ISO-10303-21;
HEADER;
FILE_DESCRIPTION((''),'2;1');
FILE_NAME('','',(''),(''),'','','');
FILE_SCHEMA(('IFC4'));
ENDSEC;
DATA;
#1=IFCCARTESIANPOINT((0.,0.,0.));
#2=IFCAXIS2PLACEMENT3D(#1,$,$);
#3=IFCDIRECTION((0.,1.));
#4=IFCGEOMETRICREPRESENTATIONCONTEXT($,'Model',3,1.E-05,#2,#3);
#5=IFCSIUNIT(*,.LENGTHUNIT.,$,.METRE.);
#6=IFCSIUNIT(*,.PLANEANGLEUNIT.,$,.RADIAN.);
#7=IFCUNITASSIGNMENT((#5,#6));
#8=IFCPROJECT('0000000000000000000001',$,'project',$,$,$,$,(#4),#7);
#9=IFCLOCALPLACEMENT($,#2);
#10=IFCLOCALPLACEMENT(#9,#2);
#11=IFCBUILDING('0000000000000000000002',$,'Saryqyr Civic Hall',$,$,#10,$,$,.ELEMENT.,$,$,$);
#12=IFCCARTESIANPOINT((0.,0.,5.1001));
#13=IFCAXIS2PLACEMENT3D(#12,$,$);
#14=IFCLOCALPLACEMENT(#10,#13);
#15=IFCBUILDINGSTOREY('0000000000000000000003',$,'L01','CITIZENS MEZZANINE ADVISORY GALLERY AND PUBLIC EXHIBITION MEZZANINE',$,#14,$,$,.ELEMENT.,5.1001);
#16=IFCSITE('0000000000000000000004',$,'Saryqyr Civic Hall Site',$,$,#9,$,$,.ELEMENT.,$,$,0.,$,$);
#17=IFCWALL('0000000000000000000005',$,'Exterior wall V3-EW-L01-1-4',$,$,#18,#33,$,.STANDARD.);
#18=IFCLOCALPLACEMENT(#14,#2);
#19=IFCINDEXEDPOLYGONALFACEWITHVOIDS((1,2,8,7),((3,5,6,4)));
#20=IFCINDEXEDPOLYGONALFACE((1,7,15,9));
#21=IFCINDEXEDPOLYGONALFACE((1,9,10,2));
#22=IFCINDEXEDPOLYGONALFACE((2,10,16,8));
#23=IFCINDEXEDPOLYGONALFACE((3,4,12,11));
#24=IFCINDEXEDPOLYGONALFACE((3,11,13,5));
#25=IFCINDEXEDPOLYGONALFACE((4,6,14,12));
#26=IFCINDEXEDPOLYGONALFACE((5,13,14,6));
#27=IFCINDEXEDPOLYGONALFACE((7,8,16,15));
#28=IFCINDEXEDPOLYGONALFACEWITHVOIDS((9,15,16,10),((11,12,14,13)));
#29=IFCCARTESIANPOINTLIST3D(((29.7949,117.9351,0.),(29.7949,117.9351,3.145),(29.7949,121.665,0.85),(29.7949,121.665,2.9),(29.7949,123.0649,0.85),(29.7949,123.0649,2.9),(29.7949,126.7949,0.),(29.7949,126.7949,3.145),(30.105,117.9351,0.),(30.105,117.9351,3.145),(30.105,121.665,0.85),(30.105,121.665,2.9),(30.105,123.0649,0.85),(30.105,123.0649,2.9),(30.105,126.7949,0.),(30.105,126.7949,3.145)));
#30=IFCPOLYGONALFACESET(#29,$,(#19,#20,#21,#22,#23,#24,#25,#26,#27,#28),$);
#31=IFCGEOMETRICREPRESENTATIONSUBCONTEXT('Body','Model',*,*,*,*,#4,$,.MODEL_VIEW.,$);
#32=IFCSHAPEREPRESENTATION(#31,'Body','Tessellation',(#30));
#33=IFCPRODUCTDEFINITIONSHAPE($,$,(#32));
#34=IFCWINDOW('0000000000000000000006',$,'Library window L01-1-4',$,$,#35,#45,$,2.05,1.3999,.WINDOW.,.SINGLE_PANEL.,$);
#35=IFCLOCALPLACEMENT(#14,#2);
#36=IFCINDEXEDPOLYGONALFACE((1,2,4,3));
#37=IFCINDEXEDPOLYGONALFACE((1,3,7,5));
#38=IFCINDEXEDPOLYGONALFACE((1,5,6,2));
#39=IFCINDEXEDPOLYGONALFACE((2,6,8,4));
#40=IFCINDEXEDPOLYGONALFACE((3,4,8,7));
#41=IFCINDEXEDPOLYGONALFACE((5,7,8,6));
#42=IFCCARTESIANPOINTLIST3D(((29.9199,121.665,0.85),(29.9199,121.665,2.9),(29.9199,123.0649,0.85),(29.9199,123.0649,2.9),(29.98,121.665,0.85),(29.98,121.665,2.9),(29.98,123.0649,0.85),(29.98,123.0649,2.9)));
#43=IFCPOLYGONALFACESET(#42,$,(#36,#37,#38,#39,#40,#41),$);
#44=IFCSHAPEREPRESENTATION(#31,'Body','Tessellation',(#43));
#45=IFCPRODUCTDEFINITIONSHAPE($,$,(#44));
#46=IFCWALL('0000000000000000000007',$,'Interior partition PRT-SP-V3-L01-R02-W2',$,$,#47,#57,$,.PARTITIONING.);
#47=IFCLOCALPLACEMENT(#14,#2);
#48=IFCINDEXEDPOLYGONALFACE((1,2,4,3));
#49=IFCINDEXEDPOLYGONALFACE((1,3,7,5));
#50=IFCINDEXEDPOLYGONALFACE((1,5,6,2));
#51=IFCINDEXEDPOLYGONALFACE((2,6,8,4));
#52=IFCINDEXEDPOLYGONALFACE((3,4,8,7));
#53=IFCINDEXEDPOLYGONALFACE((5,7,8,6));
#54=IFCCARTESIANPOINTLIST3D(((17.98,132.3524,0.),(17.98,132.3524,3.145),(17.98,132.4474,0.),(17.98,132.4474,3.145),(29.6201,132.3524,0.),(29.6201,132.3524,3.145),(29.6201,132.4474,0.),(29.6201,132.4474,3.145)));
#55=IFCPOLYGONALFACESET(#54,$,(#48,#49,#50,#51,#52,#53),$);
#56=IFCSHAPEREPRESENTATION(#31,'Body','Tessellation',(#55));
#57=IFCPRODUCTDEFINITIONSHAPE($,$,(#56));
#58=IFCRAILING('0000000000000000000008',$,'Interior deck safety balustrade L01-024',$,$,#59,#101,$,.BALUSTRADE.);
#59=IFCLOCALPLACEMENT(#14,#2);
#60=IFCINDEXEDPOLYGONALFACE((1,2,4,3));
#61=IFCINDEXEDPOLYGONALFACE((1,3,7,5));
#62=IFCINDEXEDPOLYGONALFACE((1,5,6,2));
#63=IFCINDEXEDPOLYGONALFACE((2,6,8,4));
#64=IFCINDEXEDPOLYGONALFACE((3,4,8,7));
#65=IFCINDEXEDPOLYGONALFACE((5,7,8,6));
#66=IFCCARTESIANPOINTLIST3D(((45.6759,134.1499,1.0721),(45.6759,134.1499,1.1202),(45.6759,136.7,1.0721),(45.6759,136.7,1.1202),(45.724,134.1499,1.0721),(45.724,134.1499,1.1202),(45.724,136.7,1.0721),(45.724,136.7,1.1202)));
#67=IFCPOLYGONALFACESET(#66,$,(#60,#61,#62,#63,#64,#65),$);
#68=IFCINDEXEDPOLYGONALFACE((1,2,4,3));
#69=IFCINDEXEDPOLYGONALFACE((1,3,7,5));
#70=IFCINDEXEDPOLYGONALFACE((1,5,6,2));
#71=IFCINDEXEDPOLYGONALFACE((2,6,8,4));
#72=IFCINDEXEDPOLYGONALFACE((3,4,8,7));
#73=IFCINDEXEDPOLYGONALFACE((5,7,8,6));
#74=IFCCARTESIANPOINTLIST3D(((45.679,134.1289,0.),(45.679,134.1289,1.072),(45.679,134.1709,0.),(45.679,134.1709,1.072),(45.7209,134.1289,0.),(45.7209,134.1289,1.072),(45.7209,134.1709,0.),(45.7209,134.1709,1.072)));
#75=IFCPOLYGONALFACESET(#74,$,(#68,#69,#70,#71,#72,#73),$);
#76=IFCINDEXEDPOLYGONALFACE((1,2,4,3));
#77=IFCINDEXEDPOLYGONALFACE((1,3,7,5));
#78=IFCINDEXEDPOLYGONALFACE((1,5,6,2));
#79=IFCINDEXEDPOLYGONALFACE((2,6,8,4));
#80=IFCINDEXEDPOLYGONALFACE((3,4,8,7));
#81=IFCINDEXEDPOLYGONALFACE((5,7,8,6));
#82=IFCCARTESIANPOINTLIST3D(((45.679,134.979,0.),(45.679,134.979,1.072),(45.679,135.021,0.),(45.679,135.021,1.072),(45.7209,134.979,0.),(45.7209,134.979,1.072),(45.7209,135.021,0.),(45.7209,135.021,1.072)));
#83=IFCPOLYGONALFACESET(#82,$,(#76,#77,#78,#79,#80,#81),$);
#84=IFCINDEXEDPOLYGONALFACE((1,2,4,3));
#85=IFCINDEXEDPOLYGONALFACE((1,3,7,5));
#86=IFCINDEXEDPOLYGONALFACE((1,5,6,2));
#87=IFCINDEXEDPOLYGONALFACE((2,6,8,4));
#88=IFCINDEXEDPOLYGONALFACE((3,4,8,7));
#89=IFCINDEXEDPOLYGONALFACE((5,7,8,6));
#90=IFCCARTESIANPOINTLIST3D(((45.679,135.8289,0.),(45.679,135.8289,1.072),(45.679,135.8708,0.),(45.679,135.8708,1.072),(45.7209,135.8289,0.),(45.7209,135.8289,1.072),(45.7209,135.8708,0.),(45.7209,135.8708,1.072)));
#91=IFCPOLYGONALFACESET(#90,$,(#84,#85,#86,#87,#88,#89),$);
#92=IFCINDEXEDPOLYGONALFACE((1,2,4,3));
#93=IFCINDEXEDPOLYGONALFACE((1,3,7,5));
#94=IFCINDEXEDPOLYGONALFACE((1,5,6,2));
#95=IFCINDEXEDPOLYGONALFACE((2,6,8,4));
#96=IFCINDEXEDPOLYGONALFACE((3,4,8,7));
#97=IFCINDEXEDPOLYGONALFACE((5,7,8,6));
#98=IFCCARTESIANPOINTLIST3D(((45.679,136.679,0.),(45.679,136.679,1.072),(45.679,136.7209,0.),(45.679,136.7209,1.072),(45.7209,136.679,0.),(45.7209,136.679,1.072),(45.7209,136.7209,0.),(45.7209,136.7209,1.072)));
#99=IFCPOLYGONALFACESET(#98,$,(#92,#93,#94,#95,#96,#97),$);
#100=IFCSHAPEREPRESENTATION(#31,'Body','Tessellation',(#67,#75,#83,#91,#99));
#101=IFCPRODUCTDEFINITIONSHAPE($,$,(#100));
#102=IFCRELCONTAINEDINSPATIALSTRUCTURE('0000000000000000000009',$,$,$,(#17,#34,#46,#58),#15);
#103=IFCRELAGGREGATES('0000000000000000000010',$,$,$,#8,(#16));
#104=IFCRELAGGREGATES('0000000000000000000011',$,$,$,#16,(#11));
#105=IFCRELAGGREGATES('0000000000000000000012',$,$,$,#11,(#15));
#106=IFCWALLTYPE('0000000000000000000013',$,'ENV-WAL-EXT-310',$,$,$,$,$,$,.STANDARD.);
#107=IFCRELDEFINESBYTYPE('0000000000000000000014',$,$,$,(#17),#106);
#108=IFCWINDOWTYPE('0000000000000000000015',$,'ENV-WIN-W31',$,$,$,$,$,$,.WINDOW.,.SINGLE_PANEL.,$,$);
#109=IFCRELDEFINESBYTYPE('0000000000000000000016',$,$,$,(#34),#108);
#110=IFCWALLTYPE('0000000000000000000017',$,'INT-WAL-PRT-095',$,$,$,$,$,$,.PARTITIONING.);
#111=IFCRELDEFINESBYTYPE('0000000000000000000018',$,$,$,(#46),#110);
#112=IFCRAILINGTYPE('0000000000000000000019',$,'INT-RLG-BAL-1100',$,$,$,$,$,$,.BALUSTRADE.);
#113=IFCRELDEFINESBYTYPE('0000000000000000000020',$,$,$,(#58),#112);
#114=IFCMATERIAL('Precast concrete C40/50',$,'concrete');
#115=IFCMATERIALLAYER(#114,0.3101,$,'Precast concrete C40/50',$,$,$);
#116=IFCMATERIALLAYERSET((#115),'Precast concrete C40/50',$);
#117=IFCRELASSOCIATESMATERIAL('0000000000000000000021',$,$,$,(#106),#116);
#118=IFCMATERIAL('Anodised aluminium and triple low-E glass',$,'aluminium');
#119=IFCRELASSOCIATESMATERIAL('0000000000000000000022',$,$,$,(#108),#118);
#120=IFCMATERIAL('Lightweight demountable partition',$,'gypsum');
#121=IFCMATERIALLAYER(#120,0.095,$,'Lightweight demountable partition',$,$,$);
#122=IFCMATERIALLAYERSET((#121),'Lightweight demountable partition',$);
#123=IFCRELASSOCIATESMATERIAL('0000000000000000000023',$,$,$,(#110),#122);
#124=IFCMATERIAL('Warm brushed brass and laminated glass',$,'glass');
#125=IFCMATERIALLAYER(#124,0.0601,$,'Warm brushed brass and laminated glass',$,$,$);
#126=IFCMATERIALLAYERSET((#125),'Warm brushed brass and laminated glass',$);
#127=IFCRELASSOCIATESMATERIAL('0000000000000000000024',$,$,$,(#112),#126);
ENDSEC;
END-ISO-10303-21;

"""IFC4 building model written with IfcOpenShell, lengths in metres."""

from ifc_helpers import new_model, si_unit, direction, frame, frame_2d, origin, origin_2d, place, context, subcontext, project, spatial, rectangle, extrude, material, layer, layer_set, type_object, element, fill, save


model = new_model("IFC4")

# Units and contexts
model_context = context("Model", 3, precision=1e-05, world=origin(), true_north=direction((0.0, 1.0)))
body_context = subcontext(model_context, "Body", "Model", "MODEL_VIEW")
ifc_project = project(units=[si_unit("LENGTHUNIT", "METRE"), si_unit("PLANEANGLEUNIT", "RADIAN")], contexts=[model_context])

# Site, building, storey
site_placement = place(None, origin())
site = spatial("IfcSite", under=ifc_project, at=site_placement, Name="Saryqyr Civic Hall Site", CompositionType="ELEMENT", RefElevation=0.0)
building_placement = place(site_placement, origin())
building = spatial("IfcBuilding", under=site, at=building_placement, Name="Saryqyr Civic Hall", CompositionType="ELEMENT")
storey_placement = place(building_placement, frame((0.0, 0.0, 5.1001)))
storey = spatial("IfcBuildingStorey", under=building, at=storey_placement, Name="L01", Description="CITIZENS MEZZANINE ADVISORY GALLERY AND PUBLIC EXHIBITION MEZZANINE", CompositionType="ELEMENT", Elevation=5.1001)

# Shared definitions
ifc_material_1 = material(Name="Anodised aluminium and triple low-E glass", Category="aluminium")

# Wall, opening, window
ifc_material_2 = material(Name="Precast concrete C40/50", Category="concrete")
ifc_layer_1 = layer(ifc_material_2, 0.3101, Name="Precast concrete C40/50")
ifc_layer_set_1 = layer_set([ifc_layer_1], Name="Precast concrete C40/50")
wall_type_1 = type_object("IfcWallType", Name="ENV-WAL-EXT-310", PredefinedType="STANDARD", material=ifc_layer_set_1)
wall_1_placement = place(storey_placement, frame((29.95, 126.7949, 0.0), z_axis=(0.0, 0.0, 1.0), x_axis=(0.0, -1.0, 0.0)))
wall_1 = element("IfcWall", 1, at=wall_1_placement, inside=storey, type_object=wall_type_1, Name="Exterior wall V3-EW-L01-1-4", PredefinedType="STANDARD", context=body_context, shape_type="SweptSolid", body=[
    extrude(rectangle(XDim=8.8599, YDim=0.3101, at=frame_2d((4.4299, 0.0))), origin(), (0.0, 0.0, 1.0), 3.145),
])
opening_placement = place(wall_1_placement, frame((3.73, 0.0, 0.8501)))
opening = element("IfcOpeningElement", 2, at=opening_placement, cuts=wall_1, PredefinedType="OPENING", context=body_context, shape_type="SweptSolid", body=[
    extrude(rectangle(XDim=1.3999, YDim=2.05, at=frame_2d((0.7, 1.0249))), frame((0.0, 0.165, 0.0), z_axis=(0.0, -1.0, 0.0), x_axis=(1.0, 0.0, 0.0)), (0.0, 0.0, 1.0), 0.3301),
])
window_type = type_object("IfcWindowType", Name="ENV-WIN-W31", PartitioningType="SINGLE_PANEL", PredefinedType="WINDOW", material=ifc_material_1)
window_placement = place(opening_placement, origin())
window = element("IfcWindow", 3, at=window_placement, inside=storey, type_object=window_type, Name="Library window L01-1-4", OverallHeight=2.05, OverallWidth=1.3999, PartitioningType="SINGLE_PANEL", PredefinedType="WINDOW", context=body_context, shape_type="SweptSolid", body=[
    extrude(rectangle(XDim=1.3999, YDim=2.05, at=frame_2d((0.7, 1.0249))), frame((0.0, 0.03, 0.0), z_axis=(0.0, -1.0, 0.0), x_axis=(1.0, 0.0, 0.0)), (0.0, 0.0, 1.0), 0.0601),
])
fill(opening, window)

# Wall
ifc_material_3 = material(Name="Lightweight demountable partition", Category="gypsum")
ifc_layer_2 = layer(ifc_material_3, 0.095, Name="Lightweight demountable partition")
ifc_layer_set_2 = layer_set([ifc_layer_2], Name="Lightweight demountable partition")
wall_type_2 = type_object("IfcWallType", Name="INT-WAL-PRT-095", PredefinedType="PARTITIONING", material=ifc_layer_set_2)
wall_2_placement = place(storey_placement, frame((29.6201, 132.3999, 0.0), z_axis=(0.0, 0.0, 1.0), x_axis=(-1.0, 0.0, 0.0)))
element("IfcWall", 4, at=wall_2_placement, inside=storey, type_object=wall_type_2, Name="Interior partition PRT-SP-V3-L01-R02-W2", PredefinedType="PARTITIONING", context=body_context, shape_type="SweptSolid", body=[
    extrude(rectangle(XDim=11.6401, YDim=0.095, at=frame_2d((5.8201, 0.0))), origin(), (0.0, 0.0, 1.0), 3.145),
])

# Railing
ifc_material_4 = material(Name="Warm brushed brass and laminated glass", Category="glass")
ifc_layer_3 = layer(ifc_material_4, 0.0601, Name="Warm brushed brass and laminated glass")
ifc_layer_set_3 = layer_set([ifc_layer_3], Name="Warm brushed brass and laminated glass")
railing_type = type_object("IfcRailingType", Name="INT-RLG-BAL-1100", PredefinedType="BALUSTRADE", material=ifc_layer_set_3)
railing_placement = place(storey_placement, frame((45.7, 134.1499, 0.0)))
element("IfcRailing", 5, at=railing_placement, inside=storey, type_object=railing_type, Name="Interior deck safety balustrade L01-024", PredefinedType="BALUSTRADE", context=body_context, shape_type="SweptSolid", body=[
    extrude(rectangle(XDim=0.0481, YDim=0.0481, at=origin_2d()), frame((0.0, 0.0, 1.0962), z_axis=(0.0, 1.0, 0.0), x_axis=(-1.0, 0.0, 0.0)), (0.0, 0.0, 1.0), 2.55),
    extrude(rectangle(XDim=0.042, YDim=0.042, at=origin_2d()), origin(), (0.0, 0.0, 1.0), 1.072),
    extrude(rectangle(XDim=0.042, YDim=0.042, at=origin_2d()), frame((0.0, 0.8501, 0.0)), (0.0, 0.0, 1.0), 1.072),
    extrude(rectangle(XDim=0.042, YDim=0.042, at=origin_2d()), frame((0.0, 1.7, 0.0)), (0.0, 0.0, 1.0), 1.072),
    extrude(rectangle(XDim=0.042, YDim=0.042, at=origin_2d()), frame((0.0, 2.55, 0.0)), (0.0, 0.0, 1.0), 1.072),
])

save(model, "model.ifc")
